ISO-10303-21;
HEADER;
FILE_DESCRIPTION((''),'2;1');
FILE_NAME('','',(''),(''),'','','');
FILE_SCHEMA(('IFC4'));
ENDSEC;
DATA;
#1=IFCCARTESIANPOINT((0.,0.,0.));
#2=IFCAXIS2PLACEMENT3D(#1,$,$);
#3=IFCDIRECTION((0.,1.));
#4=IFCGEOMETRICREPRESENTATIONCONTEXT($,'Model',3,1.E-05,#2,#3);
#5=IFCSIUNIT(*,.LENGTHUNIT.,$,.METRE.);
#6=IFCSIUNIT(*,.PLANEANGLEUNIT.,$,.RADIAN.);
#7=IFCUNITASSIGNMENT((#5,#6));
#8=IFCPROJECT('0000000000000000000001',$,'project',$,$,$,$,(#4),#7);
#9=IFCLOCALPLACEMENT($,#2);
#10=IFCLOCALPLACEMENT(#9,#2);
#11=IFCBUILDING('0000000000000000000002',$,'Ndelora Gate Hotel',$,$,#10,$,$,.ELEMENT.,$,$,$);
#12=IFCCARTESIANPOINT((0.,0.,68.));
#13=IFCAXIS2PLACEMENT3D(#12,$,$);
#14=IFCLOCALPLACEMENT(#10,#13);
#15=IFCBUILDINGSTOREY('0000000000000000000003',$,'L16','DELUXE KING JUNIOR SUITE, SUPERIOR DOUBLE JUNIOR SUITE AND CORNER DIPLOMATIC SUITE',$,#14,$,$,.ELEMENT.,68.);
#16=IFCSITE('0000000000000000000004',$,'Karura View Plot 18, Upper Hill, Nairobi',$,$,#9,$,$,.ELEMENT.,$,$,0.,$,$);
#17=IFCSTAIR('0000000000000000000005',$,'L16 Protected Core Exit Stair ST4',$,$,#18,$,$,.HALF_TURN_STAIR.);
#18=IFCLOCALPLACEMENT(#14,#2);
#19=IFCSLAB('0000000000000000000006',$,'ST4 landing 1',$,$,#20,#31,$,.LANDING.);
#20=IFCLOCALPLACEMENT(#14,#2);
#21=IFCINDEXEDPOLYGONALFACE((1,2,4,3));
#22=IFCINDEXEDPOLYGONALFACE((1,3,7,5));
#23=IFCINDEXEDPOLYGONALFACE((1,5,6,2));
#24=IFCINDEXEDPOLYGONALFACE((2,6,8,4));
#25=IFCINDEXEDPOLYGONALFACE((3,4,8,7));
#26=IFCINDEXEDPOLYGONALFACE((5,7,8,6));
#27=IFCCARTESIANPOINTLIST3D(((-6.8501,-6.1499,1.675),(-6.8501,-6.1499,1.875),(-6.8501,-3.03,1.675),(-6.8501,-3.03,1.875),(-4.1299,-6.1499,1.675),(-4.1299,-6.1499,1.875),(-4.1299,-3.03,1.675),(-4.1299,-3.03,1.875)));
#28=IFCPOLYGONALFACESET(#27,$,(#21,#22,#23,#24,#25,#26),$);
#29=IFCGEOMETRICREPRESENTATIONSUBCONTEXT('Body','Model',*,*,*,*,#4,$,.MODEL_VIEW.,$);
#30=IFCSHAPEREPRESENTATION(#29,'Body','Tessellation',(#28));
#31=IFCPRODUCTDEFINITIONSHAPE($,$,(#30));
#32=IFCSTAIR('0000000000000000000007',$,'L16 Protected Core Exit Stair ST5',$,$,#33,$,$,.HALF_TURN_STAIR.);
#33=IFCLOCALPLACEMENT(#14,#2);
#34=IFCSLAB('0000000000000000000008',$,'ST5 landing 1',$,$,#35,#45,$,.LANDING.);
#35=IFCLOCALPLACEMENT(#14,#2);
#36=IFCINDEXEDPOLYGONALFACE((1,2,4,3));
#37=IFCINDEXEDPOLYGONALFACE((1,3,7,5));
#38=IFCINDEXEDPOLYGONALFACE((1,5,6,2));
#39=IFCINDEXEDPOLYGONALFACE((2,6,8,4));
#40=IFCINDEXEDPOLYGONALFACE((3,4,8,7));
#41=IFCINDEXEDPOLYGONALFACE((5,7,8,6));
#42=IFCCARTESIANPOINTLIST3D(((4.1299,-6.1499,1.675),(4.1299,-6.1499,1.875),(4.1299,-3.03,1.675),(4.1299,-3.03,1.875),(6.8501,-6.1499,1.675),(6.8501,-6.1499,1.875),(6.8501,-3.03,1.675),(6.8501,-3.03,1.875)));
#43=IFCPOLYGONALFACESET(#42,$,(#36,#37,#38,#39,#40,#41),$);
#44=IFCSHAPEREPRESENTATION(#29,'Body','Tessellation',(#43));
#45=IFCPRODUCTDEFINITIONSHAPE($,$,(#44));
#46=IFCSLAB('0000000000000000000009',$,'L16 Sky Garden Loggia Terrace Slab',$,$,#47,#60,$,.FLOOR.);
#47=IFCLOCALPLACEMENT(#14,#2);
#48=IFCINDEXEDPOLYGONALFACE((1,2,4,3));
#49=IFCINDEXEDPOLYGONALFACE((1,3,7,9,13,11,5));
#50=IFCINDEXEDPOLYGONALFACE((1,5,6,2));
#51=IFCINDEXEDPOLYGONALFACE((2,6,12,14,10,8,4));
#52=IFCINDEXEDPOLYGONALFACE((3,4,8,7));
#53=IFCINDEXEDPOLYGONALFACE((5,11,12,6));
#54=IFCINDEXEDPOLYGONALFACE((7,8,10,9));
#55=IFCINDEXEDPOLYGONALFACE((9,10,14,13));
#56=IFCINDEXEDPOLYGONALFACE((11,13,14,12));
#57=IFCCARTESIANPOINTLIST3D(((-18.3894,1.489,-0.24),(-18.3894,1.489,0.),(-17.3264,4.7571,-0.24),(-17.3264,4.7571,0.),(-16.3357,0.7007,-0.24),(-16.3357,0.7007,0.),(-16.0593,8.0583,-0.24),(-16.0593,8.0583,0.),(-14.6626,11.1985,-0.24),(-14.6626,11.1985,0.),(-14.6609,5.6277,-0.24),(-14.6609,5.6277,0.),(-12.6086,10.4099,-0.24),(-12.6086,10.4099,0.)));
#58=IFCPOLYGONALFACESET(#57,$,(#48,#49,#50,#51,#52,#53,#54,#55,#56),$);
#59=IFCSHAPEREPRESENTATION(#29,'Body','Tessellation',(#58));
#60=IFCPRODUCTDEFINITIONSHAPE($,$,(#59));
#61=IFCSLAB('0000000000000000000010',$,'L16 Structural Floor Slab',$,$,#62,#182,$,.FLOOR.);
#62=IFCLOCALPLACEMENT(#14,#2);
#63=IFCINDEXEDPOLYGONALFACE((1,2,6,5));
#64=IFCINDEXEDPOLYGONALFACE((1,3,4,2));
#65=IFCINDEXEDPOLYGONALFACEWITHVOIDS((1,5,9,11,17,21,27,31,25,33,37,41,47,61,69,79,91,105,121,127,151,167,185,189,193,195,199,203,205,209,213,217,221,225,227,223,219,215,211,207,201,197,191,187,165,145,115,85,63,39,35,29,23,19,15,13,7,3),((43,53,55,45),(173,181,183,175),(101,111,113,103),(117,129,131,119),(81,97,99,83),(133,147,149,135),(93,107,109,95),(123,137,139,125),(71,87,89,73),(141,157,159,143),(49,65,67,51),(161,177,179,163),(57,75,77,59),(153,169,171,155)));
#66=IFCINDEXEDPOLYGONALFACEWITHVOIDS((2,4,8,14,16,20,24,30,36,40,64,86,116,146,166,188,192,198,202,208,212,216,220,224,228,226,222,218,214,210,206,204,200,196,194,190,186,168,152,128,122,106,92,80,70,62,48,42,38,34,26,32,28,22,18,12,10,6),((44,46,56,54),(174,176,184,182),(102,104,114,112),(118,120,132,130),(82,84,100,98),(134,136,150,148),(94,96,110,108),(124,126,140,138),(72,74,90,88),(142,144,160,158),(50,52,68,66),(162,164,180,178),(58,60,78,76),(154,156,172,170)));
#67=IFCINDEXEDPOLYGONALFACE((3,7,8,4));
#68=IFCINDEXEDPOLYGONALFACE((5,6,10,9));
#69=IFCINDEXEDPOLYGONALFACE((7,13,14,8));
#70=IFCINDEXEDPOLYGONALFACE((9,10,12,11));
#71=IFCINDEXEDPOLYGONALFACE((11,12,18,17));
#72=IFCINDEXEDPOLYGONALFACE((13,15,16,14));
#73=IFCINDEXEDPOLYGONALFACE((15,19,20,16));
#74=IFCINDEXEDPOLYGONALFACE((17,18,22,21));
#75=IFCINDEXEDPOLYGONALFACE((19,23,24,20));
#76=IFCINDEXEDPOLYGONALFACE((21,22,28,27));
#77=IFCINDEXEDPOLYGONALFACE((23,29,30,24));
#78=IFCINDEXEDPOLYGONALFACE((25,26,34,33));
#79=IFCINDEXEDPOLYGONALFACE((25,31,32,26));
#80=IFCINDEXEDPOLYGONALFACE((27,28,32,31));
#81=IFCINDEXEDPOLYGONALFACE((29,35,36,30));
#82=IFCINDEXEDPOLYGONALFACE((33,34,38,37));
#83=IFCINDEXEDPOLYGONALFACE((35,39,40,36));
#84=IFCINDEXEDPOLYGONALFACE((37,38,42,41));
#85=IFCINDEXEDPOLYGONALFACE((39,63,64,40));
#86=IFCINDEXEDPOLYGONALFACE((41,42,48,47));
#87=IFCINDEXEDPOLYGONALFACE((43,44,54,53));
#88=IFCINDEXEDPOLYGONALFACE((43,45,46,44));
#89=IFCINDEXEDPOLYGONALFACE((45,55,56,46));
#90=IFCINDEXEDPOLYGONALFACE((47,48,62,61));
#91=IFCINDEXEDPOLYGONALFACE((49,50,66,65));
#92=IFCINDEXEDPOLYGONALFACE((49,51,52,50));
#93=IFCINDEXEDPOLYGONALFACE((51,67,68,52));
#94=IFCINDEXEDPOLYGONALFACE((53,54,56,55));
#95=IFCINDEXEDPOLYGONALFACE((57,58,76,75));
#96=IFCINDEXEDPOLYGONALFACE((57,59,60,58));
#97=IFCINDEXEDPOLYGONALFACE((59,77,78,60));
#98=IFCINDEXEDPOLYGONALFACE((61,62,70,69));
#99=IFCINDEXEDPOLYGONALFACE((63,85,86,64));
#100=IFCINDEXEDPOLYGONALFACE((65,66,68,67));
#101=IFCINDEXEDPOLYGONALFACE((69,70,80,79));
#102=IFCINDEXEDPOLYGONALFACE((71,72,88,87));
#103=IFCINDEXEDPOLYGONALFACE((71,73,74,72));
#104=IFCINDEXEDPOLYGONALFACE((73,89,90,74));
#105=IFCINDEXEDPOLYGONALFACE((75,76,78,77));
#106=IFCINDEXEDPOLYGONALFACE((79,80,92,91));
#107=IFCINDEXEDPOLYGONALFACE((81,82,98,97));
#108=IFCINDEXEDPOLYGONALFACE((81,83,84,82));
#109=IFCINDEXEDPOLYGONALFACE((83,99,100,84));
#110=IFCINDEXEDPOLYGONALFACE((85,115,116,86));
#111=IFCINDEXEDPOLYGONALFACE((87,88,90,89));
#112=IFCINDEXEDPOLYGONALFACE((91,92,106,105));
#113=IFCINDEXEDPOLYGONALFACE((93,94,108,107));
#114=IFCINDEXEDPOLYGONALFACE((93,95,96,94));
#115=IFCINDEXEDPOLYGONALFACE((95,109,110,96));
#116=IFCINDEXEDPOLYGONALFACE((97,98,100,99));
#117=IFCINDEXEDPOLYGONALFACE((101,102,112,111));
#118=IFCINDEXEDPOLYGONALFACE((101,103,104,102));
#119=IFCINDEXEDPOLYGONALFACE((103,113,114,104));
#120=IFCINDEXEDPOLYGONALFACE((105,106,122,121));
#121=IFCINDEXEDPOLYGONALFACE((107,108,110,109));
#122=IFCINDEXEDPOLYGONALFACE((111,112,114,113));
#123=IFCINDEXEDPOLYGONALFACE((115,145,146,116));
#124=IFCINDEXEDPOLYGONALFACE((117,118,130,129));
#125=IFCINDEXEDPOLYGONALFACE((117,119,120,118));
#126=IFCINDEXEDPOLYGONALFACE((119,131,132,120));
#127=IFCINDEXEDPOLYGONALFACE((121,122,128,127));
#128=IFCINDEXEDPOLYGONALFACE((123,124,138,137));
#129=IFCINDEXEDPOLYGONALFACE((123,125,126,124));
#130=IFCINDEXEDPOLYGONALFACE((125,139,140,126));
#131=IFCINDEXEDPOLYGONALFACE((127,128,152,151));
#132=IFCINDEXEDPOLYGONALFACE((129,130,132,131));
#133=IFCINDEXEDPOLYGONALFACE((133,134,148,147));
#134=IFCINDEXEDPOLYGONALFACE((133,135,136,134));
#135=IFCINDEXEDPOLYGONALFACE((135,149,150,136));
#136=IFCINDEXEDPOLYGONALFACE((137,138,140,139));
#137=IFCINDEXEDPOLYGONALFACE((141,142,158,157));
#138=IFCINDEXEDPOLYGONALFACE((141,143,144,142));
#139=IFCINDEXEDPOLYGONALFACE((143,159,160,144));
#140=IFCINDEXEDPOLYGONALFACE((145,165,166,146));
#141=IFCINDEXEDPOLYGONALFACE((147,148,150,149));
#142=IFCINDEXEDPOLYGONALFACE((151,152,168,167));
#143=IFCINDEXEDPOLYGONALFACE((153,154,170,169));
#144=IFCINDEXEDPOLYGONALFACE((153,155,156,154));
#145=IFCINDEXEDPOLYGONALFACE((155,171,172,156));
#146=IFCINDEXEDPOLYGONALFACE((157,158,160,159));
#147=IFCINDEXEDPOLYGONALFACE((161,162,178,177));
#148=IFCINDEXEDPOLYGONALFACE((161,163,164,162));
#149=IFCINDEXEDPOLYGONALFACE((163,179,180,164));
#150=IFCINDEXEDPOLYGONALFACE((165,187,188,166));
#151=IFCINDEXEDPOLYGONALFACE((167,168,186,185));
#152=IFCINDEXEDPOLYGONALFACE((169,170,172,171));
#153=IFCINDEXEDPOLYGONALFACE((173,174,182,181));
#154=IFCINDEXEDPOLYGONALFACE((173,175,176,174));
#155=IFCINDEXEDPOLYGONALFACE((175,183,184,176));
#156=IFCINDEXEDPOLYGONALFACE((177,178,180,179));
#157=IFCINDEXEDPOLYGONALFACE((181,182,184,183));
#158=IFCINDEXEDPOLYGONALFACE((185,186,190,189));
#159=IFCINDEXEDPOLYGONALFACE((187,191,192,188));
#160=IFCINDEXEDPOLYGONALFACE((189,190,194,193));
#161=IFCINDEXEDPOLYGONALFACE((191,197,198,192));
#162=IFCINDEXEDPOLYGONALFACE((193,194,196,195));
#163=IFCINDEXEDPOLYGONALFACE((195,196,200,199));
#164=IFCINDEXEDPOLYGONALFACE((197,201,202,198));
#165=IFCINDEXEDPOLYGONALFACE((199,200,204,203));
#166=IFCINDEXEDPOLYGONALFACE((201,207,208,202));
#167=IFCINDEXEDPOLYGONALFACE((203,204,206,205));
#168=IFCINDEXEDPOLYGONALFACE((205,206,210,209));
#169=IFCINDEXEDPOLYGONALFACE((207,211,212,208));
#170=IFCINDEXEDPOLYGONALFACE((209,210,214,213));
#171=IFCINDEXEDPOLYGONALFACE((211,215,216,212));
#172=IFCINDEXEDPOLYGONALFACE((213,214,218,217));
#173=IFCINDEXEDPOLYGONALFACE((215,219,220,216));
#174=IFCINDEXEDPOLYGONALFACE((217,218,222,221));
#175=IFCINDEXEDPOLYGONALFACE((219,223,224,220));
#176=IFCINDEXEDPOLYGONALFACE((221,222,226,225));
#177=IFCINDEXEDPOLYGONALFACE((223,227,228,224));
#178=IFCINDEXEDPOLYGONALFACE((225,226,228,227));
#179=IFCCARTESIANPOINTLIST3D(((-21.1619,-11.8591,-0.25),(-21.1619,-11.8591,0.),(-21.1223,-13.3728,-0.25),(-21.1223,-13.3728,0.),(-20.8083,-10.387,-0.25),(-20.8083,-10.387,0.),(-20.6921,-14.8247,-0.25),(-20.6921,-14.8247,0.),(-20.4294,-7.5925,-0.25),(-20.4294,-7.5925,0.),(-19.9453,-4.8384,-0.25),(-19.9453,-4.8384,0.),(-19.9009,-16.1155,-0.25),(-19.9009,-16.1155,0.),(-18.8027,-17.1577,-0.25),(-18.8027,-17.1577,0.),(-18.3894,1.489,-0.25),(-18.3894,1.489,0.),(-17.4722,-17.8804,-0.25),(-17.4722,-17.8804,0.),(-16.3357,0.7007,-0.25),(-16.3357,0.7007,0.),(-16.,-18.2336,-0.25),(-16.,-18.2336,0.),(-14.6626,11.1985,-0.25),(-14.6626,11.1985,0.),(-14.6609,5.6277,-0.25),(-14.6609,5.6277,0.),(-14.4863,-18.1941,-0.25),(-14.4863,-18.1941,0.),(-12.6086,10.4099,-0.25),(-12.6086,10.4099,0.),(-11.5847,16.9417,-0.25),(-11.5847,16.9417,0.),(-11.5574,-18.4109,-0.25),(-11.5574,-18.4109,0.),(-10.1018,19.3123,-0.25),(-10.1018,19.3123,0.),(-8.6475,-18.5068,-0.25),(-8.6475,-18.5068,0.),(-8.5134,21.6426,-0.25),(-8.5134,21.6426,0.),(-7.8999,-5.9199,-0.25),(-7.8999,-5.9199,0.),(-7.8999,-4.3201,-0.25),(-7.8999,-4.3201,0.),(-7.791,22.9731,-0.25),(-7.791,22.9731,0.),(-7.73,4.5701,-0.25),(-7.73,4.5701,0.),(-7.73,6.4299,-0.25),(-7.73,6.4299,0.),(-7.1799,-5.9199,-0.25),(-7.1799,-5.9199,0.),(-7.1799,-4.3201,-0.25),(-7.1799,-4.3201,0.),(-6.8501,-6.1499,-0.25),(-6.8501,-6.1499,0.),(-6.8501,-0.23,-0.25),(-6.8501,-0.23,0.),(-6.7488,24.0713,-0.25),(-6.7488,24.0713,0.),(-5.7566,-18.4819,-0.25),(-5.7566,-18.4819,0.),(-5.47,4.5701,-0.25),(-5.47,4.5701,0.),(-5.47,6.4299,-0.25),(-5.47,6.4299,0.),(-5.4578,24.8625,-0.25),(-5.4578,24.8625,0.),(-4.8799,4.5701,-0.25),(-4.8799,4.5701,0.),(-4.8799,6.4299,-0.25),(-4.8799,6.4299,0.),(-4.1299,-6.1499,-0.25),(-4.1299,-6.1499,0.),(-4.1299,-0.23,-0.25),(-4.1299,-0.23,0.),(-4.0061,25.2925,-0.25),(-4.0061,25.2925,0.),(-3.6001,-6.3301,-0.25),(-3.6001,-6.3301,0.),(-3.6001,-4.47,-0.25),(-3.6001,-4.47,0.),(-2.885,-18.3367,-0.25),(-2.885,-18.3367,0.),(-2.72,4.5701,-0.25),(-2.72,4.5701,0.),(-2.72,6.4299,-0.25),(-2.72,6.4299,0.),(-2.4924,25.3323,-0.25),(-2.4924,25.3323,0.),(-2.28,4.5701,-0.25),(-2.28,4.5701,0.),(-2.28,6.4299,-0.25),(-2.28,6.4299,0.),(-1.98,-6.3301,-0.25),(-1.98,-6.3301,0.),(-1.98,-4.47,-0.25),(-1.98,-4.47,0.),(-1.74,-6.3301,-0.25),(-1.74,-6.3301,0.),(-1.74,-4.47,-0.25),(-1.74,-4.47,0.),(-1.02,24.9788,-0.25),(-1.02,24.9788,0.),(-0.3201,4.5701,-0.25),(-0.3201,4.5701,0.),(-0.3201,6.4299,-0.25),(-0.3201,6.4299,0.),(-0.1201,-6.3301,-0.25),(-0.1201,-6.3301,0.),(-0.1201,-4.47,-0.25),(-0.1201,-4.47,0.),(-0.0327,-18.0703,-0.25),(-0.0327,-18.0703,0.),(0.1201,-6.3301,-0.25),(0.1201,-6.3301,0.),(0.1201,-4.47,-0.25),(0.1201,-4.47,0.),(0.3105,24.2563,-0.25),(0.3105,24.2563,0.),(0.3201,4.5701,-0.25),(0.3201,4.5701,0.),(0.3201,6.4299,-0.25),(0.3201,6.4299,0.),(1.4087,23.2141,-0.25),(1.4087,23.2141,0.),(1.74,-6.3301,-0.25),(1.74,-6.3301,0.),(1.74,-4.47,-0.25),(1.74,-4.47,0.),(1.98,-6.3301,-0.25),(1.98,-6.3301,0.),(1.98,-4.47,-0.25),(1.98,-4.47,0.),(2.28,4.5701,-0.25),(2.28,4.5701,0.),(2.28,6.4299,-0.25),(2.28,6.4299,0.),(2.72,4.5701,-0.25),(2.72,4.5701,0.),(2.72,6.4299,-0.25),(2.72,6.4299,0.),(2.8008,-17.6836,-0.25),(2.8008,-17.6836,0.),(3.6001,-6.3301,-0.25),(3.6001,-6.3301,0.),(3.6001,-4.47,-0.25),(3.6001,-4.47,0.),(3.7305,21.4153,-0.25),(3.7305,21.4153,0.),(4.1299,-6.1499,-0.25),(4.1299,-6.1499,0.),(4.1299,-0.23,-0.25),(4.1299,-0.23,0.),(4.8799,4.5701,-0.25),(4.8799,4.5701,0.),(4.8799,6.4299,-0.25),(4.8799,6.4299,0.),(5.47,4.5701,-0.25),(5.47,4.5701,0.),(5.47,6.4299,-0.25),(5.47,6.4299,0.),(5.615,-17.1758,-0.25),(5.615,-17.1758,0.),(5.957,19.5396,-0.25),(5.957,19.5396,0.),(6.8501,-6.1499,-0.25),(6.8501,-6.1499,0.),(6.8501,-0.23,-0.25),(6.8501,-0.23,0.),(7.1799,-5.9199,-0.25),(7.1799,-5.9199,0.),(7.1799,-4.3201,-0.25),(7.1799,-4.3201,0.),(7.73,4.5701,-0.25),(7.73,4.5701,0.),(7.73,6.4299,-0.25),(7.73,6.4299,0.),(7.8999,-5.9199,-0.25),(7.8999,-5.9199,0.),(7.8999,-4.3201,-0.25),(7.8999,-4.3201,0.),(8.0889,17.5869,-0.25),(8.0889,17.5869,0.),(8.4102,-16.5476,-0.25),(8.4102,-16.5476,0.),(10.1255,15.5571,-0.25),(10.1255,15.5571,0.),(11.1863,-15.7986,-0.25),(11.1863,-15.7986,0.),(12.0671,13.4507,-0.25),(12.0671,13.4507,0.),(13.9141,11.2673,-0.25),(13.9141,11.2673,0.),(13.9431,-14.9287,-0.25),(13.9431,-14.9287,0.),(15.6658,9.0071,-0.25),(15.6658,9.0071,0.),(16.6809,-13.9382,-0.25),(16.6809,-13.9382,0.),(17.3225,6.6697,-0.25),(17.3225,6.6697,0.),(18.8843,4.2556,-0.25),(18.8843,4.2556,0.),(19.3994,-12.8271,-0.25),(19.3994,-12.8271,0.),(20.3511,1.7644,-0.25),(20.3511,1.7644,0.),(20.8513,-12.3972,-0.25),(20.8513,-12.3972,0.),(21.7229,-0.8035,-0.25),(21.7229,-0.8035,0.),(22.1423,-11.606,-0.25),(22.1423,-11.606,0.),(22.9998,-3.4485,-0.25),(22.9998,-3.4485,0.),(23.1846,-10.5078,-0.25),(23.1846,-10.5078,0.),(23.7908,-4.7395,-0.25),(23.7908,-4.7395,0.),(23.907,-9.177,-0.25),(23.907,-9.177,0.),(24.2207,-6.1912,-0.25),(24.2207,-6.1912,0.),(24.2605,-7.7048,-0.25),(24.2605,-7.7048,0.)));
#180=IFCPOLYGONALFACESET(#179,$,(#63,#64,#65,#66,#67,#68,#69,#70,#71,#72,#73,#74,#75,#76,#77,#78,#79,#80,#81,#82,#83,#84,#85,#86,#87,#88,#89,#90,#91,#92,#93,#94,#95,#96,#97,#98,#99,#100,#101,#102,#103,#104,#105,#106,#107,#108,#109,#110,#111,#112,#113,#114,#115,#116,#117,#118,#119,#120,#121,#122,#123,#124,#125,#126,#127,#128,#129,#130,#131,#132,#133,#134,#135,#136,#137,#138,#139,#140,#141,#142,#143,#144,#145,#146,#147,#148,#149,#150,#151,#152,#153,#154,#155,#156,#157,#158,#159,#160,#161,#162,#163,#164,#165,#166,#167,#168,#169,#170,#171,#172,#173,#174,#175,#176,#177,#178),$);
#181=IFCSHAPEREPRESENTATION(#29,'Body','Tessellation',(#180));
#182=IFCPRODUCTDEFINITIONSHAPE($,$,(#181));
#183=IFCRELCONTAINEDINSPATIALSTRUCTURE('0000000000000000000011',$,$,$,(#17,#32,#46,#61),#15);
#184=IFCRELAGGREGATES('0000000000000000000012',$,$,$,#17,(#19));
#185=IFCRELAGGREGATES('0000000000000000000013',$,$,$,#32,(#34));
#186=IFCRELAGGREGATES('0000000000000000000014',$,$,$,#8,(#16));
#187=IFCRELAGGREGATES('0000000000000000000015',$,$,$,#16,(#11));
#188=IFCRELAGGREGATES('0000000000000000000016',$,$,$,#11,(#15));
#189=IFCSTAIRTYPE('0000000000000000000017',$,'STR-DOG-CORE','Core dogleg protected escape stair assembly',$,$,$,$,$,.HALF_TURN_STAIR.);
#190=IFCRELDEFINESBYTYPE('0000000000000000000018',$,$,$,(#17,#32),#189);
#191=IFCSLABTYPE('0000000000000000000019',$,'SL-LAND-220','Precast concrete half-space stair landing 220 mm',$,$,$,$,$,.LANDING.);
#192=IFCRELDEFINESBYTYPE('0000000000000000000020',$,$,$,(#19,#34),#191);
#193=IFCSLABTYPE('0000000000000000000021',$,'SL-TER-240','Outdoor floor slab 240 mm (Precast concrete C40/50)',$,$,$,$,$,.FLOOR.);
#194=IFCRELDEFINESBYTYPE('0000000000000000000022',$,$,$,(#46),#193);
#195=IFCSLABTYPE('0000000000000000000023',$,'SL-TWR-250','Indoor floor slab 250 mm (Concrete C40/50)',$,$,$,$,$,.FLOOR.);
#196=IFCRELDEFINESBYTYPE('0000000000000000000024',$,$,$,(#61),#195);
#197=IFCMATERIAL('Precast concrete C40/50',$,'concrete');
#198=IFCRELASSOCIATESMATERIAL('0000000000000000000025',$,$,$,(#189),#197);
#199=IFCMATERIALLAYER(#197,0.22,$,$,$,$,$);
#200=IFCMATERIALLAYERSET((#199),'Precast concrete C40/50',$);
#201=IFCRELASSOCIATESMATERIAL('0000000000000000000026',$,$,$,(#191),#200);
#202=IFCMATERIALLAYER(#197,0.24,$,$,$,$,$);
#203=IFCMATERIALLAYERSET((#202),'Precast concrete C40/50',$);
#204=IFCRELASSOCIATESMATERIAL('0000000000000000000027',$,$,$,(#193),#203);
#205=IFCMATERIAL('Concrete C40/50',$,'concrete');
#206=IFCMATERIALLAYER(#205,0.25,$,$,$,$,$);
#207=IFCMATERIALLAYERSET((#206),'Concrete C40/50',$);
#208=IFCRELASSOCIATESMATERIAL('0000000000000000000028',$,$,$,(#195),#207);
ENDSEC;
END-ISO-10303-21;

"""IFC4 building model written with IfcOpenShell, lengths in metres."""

from ifc_helpers import new_model, si_unit, direction, frame, origin, place, context, subcontext, project, spatial, polyline, outline, extrude, material, layer, layer_set, type_object, element, aggregate, save


model = new_model("IFC4")

# Units and contexts
model_context = context("Model", 3, precision=1e-05, world=origin(), true_north=direction((0.0, 1.0)))
body_context = subcontext(model_context, "Body", "Model", "MODEL_VIEW")
ifc_project = project(units=[si_unit("LENGTHUNIT", "METRE"), si_unit("PLANEANGLEUNIT", "RADIAN")], contexts=[model_context])

# Site, building, storey
site_placement = place(None, origin())
site = spatial("IfcSite", under=ifc_project, at=site_placement, Name="Karura View Plot 18, Upper Hill, Nairobi", CompositionType="ELEMENT", RefElevation=0.0)
building_placement = place(site_placement, origin())
building = spatial("IfcBuilding", under=site, at=building_placement, Name="Ndelora Gate Hotel", CompositionType="ELEMENT")
storey_placement = place(building_placement, frame((0.0, 0.0, 68.0)))
storey = spatial("IfcBuildingStorey", under=building, at=storey_placement, Name="L16", Description="DELUXE KING JUNIOR SUITE, SUPERIOR DOUBLE JUNIOR SUITE AND CORNER DIPLOMATIC SUITE", CompositionType="ELEMENT", Elevation=68.0)

# Stairs, slabs
ifc_material_1 = material(Name="Precast concrete C40/50", Category="concrete")
stair_type = type_object("IfcStairType", Name="STR-DOG-CORE", Description="Core dogleg protected escape stair assembly", PredefinedType="HALF_TURN_STAIR", material=ifc_material_1)
stair_1_placement = place(storey_placement, origin())
stair_1 = element("IfcStair", 1, at=stair_1_placement, inside=storey, type_object=stair_type, Name="L16 Protected Core Exit Stair ST4", PredefinedType="HALF_TURN_STAIR")
ifc_layer_1 = layer(ifc_material_1, 0.22)
ifc_layer_set_1 = layer_set([ifc_layer_1], Name="Precast concrete C40/50")
slab_type_1 = type_object("IfcSlabType", Name="SL-LAND-220", Description="Precast concrete half-space stair landing 220 mm", PredefinedType="LANDING", material=ifc_layer_set_1)
slab_1_placement = place(storey_placement, frame((0.0, 0.0, 1.675)))
slab_1 = element("IfcSlab", 2, at=slab_1_placement, type_object=slab_type_1, Name="ST4 landing 1", PredefinedType="LANDING", context=body_context, shape_type="SweptSolid", body=[
    extrude(outline(polyline([(-6.8501, -3.03), (-6.8501, -6.1499), (-4.1299, -6.1499), (-4.1299, -3.03), (-6.8501, -3.03)])), origin(), (0.0, 0.0, 1.0), 0.2),
])
aggregate(stair_1, [slab_1])
stair_2_placement = place(storey_placement, origin())
stair_2 = element("IfcStair", 3, at=stair_2_placement, inside=storey, type_object=stair_type, Name="L16 Protected Core Exit Stair ST5", PredefinedType="HALF_TURN_STAIR")
slab_2_placement = place(storey_placement, frame((0.0, 0.0, 1.675)))
slab_2 = element("IfcSlab", 4, at=slab_2_placement, type_object=slab_type_1, Name="ST5 landing 1", PredefinedType="LANDING", context=body_context, shape_type="SweptSolid", body=[
    extrude(outline(polyline([(4.1299, -3.03), (4.1299, -6.1499), (6.8501, -6.1499), (6.8501, -3.03), (4.1299, -3.03)])), origin(), (0.0, 0.0, 1.0), 0.2),
])

# Slabs
ifc_layer_2 = layer(ifc_material_1, 0.24)
ifc_layer_set_2 = layer_set([ifc_layer_2], Name="Precast concrete C40/50")
slab_type_2 = type_object("IfcSlabType", Name="SL-TER-240", Description="Outdoor floor slab 240 mm (Precast concrete C40/50)", PredefinedType="FLOOR", material=ifc_layer_set_2)
slab_3_placement = place(storey_placement, frame((0.0, 0.0, -0.24)))
element("IfcSlab", 5, at=slab_3_placement, inside=storey, type_object=slab_type_2, Name="L16 Sky Garden Loggia Terrace Slab", PredefinedType="FLOOR", context=body_context, shape_type="SweptSolid", body=[
    extrude(outline(polyline([(-12.6086, 10.4099), (-14.6626, 11.1985), (-16.0593, 8.0583), (-17.3264, 4.7571), (-18.3894, 1.489), (-16.3357, 0.7007), (-14.6609, 5.6277), (-12.6086, 10.4099)])), origin(), (0.0, 0.0, 1.0), 0.24),
])
ifc_material_2 = material(Name="Concrete C40/50", Category="concrete")
ifc_layer_3 = layer(ifc_material_2, 0.25)
ifc_layer_set_3 = layer_set([ifc_layer_3], Name="Concrete C40/50")
slab_type_3 = type_object("IfcSlabType", Name="SL-TWR-250", Description="Indoor floor slab 250 mm (Concrete C40/50)", PredefinedType="FLOOR", material=ifc_layer_set_3)
slab_4_placement = place(storey_placement, frame((0.0, 0.0, -0.25)))
element("IfcSlab", 6, at=slab_4_placement, inside=storey, type_object=slab_type_3, Name="L16 Structural Floor Slab", PredefinedType="FLOOR", context=body_context, shape_type="SweptSolid", body=[
    extrude(outline(polyline([(1.4087, 23.2141), (0.3105, 24.2563), (-1.02, 24.9788), (-2.4924, 25.3323), (-4.0061, 25.2925), (-5.4578, 24.8625), (-6.7488, 24.0713), (-7.791, 22.9731), (-8.5134, 21.6426), (-10.1018, 19.3123), (-11.5847, 16.9417), (-14.6626, 11.1985), (-12.6086, 10.4099), (-14.6609, 5.6277), (-16.3357, 0.7007), (-18.3894, 1.489), (-19.9453, -4.8384), (-20.4294, -7.5925), (-20.8083, -10.387), (-21.1619, -11.8591), (-21.1223, -13.3728), (-20.6921, -14.8247), (-19.9009, -16.1155), (-18.8027, -17.1577), (-17.4722, -17.8804), (-16.0, -18.2336), (-14.4863, -18.1941), (-11.5574, -18.4109), (-8.6475, -18.5068), (-5.7566, -18.4819), (-2.885, -18.3367), (-0.0327, -18.0703), (2.8008, -17.6836), (5.615, -17.1758), (8.4102, -16.5476), (11.1863, -15.7986), (13.9431, -14.9287), (16.6809, -13.9382), (19.3994, -12.8271), (20.8513, -12.3972), (22.1423, -11.606), (23.1846, -10.5078), (23.907, -9.177), (24.2605, -7.7048), (24.2207, -6.1912), (23.7908, -4.7395), (22.9998, -3.4485), (21.7229, -0.8035), (20.3511, 1.7644), (18.8843, 4.2556), (17.3225, 6.6697), (15.6658, 9.0071), (13.9141, 11.2673), (12.0671, 13.4507), (10.1255, 15.5571), (8.0889, 17.5869), (5.957, 19.5396), (3.7305, 21.4153), (1.4087, 23.2141)]), holes=[polyline([(-6.8501, -0.23), (-6.8501, -6.1499), (-4.1299, -6.1499), (-4.1299, -0.23), (-6.8501, -0.23)]), polyline([(4.1299, -0.23), (4.1299, -6.1499), (6.8501, -6.1499), (6.8501, -0.23), (4.1299, -0.23)]), polyline([(-7.73, 4.5701), (-5.47, 4.5701), (-5.47, 6.4299), (-7.73, 6.4299), (-7.73, 4.5701)]), polyline([(5.47, 4.5701), (7.73, 4.5701), (7.73, 6.4299), (5.47, 6.4299), (5.47, 4.5701)]), polyline([(-4.8799, 4.5701), (-2.72, 4.5701), (-2.72, 6.4299), (-4.8799, 6.4299), (-4.8799, 4.5701)]), polyline([(2.72, 4.5701), (4.8799, 4.5701), (4.8799, 6.4299), (2.72, 6.4299), (2.72, 4.5701)]), polyline([(-3.6001, -6.3301), (-1.98, -6.3301), (-1.98, -4.47), (-3.6001, -4.47), (-3.6001, -6.3301)]), polyline([(-1.74, -6.3301), (-0.1201, -6.3301), (-0.1201, -4.47), (-1.74, -4.47), (-1.74, -6.3301)]), polyline([(0.1201, -6.3301), (1.74, -6.3301), (1.74, -4.47), (0.1201, -4.47), (0.1201, -6.3301)]), polyline([(1.98, -6.3301), (3.6001, -6.3301), (3.6001, -4.47), (1.98, -4.47), (1.98, -6.3301)]), polyline([(-2.28, 4.5701), (-0.3201, 4.5701), (-0.3201, 6.4299), (-2.28, 6.4299), (-2.28, 4.5701)]), polyline([(0.3201, 4.5701), (2.28, 4.5701), (2.28, 6.4299), (0.3201, 6.4299), (0.3201, 4.5701)]), polyline([(-7.8999, -5.9199), (-7.1799, -5.9199), (-7.1799, -4.3201), (-7.8999, -4.3201), (-7.8999, -5.9199)]), polyline([(7.1799, -5.9199), (7.8999, -5.9199), (7.8999, -4.3201), (7.1799, -4.3201), (7.1799, -5.9199)])]), origin(), (0.0, 0.0, 1.0), 0.25),
])

aggregate(stair_2, [slab_2])

save(model, "model.ifc")
